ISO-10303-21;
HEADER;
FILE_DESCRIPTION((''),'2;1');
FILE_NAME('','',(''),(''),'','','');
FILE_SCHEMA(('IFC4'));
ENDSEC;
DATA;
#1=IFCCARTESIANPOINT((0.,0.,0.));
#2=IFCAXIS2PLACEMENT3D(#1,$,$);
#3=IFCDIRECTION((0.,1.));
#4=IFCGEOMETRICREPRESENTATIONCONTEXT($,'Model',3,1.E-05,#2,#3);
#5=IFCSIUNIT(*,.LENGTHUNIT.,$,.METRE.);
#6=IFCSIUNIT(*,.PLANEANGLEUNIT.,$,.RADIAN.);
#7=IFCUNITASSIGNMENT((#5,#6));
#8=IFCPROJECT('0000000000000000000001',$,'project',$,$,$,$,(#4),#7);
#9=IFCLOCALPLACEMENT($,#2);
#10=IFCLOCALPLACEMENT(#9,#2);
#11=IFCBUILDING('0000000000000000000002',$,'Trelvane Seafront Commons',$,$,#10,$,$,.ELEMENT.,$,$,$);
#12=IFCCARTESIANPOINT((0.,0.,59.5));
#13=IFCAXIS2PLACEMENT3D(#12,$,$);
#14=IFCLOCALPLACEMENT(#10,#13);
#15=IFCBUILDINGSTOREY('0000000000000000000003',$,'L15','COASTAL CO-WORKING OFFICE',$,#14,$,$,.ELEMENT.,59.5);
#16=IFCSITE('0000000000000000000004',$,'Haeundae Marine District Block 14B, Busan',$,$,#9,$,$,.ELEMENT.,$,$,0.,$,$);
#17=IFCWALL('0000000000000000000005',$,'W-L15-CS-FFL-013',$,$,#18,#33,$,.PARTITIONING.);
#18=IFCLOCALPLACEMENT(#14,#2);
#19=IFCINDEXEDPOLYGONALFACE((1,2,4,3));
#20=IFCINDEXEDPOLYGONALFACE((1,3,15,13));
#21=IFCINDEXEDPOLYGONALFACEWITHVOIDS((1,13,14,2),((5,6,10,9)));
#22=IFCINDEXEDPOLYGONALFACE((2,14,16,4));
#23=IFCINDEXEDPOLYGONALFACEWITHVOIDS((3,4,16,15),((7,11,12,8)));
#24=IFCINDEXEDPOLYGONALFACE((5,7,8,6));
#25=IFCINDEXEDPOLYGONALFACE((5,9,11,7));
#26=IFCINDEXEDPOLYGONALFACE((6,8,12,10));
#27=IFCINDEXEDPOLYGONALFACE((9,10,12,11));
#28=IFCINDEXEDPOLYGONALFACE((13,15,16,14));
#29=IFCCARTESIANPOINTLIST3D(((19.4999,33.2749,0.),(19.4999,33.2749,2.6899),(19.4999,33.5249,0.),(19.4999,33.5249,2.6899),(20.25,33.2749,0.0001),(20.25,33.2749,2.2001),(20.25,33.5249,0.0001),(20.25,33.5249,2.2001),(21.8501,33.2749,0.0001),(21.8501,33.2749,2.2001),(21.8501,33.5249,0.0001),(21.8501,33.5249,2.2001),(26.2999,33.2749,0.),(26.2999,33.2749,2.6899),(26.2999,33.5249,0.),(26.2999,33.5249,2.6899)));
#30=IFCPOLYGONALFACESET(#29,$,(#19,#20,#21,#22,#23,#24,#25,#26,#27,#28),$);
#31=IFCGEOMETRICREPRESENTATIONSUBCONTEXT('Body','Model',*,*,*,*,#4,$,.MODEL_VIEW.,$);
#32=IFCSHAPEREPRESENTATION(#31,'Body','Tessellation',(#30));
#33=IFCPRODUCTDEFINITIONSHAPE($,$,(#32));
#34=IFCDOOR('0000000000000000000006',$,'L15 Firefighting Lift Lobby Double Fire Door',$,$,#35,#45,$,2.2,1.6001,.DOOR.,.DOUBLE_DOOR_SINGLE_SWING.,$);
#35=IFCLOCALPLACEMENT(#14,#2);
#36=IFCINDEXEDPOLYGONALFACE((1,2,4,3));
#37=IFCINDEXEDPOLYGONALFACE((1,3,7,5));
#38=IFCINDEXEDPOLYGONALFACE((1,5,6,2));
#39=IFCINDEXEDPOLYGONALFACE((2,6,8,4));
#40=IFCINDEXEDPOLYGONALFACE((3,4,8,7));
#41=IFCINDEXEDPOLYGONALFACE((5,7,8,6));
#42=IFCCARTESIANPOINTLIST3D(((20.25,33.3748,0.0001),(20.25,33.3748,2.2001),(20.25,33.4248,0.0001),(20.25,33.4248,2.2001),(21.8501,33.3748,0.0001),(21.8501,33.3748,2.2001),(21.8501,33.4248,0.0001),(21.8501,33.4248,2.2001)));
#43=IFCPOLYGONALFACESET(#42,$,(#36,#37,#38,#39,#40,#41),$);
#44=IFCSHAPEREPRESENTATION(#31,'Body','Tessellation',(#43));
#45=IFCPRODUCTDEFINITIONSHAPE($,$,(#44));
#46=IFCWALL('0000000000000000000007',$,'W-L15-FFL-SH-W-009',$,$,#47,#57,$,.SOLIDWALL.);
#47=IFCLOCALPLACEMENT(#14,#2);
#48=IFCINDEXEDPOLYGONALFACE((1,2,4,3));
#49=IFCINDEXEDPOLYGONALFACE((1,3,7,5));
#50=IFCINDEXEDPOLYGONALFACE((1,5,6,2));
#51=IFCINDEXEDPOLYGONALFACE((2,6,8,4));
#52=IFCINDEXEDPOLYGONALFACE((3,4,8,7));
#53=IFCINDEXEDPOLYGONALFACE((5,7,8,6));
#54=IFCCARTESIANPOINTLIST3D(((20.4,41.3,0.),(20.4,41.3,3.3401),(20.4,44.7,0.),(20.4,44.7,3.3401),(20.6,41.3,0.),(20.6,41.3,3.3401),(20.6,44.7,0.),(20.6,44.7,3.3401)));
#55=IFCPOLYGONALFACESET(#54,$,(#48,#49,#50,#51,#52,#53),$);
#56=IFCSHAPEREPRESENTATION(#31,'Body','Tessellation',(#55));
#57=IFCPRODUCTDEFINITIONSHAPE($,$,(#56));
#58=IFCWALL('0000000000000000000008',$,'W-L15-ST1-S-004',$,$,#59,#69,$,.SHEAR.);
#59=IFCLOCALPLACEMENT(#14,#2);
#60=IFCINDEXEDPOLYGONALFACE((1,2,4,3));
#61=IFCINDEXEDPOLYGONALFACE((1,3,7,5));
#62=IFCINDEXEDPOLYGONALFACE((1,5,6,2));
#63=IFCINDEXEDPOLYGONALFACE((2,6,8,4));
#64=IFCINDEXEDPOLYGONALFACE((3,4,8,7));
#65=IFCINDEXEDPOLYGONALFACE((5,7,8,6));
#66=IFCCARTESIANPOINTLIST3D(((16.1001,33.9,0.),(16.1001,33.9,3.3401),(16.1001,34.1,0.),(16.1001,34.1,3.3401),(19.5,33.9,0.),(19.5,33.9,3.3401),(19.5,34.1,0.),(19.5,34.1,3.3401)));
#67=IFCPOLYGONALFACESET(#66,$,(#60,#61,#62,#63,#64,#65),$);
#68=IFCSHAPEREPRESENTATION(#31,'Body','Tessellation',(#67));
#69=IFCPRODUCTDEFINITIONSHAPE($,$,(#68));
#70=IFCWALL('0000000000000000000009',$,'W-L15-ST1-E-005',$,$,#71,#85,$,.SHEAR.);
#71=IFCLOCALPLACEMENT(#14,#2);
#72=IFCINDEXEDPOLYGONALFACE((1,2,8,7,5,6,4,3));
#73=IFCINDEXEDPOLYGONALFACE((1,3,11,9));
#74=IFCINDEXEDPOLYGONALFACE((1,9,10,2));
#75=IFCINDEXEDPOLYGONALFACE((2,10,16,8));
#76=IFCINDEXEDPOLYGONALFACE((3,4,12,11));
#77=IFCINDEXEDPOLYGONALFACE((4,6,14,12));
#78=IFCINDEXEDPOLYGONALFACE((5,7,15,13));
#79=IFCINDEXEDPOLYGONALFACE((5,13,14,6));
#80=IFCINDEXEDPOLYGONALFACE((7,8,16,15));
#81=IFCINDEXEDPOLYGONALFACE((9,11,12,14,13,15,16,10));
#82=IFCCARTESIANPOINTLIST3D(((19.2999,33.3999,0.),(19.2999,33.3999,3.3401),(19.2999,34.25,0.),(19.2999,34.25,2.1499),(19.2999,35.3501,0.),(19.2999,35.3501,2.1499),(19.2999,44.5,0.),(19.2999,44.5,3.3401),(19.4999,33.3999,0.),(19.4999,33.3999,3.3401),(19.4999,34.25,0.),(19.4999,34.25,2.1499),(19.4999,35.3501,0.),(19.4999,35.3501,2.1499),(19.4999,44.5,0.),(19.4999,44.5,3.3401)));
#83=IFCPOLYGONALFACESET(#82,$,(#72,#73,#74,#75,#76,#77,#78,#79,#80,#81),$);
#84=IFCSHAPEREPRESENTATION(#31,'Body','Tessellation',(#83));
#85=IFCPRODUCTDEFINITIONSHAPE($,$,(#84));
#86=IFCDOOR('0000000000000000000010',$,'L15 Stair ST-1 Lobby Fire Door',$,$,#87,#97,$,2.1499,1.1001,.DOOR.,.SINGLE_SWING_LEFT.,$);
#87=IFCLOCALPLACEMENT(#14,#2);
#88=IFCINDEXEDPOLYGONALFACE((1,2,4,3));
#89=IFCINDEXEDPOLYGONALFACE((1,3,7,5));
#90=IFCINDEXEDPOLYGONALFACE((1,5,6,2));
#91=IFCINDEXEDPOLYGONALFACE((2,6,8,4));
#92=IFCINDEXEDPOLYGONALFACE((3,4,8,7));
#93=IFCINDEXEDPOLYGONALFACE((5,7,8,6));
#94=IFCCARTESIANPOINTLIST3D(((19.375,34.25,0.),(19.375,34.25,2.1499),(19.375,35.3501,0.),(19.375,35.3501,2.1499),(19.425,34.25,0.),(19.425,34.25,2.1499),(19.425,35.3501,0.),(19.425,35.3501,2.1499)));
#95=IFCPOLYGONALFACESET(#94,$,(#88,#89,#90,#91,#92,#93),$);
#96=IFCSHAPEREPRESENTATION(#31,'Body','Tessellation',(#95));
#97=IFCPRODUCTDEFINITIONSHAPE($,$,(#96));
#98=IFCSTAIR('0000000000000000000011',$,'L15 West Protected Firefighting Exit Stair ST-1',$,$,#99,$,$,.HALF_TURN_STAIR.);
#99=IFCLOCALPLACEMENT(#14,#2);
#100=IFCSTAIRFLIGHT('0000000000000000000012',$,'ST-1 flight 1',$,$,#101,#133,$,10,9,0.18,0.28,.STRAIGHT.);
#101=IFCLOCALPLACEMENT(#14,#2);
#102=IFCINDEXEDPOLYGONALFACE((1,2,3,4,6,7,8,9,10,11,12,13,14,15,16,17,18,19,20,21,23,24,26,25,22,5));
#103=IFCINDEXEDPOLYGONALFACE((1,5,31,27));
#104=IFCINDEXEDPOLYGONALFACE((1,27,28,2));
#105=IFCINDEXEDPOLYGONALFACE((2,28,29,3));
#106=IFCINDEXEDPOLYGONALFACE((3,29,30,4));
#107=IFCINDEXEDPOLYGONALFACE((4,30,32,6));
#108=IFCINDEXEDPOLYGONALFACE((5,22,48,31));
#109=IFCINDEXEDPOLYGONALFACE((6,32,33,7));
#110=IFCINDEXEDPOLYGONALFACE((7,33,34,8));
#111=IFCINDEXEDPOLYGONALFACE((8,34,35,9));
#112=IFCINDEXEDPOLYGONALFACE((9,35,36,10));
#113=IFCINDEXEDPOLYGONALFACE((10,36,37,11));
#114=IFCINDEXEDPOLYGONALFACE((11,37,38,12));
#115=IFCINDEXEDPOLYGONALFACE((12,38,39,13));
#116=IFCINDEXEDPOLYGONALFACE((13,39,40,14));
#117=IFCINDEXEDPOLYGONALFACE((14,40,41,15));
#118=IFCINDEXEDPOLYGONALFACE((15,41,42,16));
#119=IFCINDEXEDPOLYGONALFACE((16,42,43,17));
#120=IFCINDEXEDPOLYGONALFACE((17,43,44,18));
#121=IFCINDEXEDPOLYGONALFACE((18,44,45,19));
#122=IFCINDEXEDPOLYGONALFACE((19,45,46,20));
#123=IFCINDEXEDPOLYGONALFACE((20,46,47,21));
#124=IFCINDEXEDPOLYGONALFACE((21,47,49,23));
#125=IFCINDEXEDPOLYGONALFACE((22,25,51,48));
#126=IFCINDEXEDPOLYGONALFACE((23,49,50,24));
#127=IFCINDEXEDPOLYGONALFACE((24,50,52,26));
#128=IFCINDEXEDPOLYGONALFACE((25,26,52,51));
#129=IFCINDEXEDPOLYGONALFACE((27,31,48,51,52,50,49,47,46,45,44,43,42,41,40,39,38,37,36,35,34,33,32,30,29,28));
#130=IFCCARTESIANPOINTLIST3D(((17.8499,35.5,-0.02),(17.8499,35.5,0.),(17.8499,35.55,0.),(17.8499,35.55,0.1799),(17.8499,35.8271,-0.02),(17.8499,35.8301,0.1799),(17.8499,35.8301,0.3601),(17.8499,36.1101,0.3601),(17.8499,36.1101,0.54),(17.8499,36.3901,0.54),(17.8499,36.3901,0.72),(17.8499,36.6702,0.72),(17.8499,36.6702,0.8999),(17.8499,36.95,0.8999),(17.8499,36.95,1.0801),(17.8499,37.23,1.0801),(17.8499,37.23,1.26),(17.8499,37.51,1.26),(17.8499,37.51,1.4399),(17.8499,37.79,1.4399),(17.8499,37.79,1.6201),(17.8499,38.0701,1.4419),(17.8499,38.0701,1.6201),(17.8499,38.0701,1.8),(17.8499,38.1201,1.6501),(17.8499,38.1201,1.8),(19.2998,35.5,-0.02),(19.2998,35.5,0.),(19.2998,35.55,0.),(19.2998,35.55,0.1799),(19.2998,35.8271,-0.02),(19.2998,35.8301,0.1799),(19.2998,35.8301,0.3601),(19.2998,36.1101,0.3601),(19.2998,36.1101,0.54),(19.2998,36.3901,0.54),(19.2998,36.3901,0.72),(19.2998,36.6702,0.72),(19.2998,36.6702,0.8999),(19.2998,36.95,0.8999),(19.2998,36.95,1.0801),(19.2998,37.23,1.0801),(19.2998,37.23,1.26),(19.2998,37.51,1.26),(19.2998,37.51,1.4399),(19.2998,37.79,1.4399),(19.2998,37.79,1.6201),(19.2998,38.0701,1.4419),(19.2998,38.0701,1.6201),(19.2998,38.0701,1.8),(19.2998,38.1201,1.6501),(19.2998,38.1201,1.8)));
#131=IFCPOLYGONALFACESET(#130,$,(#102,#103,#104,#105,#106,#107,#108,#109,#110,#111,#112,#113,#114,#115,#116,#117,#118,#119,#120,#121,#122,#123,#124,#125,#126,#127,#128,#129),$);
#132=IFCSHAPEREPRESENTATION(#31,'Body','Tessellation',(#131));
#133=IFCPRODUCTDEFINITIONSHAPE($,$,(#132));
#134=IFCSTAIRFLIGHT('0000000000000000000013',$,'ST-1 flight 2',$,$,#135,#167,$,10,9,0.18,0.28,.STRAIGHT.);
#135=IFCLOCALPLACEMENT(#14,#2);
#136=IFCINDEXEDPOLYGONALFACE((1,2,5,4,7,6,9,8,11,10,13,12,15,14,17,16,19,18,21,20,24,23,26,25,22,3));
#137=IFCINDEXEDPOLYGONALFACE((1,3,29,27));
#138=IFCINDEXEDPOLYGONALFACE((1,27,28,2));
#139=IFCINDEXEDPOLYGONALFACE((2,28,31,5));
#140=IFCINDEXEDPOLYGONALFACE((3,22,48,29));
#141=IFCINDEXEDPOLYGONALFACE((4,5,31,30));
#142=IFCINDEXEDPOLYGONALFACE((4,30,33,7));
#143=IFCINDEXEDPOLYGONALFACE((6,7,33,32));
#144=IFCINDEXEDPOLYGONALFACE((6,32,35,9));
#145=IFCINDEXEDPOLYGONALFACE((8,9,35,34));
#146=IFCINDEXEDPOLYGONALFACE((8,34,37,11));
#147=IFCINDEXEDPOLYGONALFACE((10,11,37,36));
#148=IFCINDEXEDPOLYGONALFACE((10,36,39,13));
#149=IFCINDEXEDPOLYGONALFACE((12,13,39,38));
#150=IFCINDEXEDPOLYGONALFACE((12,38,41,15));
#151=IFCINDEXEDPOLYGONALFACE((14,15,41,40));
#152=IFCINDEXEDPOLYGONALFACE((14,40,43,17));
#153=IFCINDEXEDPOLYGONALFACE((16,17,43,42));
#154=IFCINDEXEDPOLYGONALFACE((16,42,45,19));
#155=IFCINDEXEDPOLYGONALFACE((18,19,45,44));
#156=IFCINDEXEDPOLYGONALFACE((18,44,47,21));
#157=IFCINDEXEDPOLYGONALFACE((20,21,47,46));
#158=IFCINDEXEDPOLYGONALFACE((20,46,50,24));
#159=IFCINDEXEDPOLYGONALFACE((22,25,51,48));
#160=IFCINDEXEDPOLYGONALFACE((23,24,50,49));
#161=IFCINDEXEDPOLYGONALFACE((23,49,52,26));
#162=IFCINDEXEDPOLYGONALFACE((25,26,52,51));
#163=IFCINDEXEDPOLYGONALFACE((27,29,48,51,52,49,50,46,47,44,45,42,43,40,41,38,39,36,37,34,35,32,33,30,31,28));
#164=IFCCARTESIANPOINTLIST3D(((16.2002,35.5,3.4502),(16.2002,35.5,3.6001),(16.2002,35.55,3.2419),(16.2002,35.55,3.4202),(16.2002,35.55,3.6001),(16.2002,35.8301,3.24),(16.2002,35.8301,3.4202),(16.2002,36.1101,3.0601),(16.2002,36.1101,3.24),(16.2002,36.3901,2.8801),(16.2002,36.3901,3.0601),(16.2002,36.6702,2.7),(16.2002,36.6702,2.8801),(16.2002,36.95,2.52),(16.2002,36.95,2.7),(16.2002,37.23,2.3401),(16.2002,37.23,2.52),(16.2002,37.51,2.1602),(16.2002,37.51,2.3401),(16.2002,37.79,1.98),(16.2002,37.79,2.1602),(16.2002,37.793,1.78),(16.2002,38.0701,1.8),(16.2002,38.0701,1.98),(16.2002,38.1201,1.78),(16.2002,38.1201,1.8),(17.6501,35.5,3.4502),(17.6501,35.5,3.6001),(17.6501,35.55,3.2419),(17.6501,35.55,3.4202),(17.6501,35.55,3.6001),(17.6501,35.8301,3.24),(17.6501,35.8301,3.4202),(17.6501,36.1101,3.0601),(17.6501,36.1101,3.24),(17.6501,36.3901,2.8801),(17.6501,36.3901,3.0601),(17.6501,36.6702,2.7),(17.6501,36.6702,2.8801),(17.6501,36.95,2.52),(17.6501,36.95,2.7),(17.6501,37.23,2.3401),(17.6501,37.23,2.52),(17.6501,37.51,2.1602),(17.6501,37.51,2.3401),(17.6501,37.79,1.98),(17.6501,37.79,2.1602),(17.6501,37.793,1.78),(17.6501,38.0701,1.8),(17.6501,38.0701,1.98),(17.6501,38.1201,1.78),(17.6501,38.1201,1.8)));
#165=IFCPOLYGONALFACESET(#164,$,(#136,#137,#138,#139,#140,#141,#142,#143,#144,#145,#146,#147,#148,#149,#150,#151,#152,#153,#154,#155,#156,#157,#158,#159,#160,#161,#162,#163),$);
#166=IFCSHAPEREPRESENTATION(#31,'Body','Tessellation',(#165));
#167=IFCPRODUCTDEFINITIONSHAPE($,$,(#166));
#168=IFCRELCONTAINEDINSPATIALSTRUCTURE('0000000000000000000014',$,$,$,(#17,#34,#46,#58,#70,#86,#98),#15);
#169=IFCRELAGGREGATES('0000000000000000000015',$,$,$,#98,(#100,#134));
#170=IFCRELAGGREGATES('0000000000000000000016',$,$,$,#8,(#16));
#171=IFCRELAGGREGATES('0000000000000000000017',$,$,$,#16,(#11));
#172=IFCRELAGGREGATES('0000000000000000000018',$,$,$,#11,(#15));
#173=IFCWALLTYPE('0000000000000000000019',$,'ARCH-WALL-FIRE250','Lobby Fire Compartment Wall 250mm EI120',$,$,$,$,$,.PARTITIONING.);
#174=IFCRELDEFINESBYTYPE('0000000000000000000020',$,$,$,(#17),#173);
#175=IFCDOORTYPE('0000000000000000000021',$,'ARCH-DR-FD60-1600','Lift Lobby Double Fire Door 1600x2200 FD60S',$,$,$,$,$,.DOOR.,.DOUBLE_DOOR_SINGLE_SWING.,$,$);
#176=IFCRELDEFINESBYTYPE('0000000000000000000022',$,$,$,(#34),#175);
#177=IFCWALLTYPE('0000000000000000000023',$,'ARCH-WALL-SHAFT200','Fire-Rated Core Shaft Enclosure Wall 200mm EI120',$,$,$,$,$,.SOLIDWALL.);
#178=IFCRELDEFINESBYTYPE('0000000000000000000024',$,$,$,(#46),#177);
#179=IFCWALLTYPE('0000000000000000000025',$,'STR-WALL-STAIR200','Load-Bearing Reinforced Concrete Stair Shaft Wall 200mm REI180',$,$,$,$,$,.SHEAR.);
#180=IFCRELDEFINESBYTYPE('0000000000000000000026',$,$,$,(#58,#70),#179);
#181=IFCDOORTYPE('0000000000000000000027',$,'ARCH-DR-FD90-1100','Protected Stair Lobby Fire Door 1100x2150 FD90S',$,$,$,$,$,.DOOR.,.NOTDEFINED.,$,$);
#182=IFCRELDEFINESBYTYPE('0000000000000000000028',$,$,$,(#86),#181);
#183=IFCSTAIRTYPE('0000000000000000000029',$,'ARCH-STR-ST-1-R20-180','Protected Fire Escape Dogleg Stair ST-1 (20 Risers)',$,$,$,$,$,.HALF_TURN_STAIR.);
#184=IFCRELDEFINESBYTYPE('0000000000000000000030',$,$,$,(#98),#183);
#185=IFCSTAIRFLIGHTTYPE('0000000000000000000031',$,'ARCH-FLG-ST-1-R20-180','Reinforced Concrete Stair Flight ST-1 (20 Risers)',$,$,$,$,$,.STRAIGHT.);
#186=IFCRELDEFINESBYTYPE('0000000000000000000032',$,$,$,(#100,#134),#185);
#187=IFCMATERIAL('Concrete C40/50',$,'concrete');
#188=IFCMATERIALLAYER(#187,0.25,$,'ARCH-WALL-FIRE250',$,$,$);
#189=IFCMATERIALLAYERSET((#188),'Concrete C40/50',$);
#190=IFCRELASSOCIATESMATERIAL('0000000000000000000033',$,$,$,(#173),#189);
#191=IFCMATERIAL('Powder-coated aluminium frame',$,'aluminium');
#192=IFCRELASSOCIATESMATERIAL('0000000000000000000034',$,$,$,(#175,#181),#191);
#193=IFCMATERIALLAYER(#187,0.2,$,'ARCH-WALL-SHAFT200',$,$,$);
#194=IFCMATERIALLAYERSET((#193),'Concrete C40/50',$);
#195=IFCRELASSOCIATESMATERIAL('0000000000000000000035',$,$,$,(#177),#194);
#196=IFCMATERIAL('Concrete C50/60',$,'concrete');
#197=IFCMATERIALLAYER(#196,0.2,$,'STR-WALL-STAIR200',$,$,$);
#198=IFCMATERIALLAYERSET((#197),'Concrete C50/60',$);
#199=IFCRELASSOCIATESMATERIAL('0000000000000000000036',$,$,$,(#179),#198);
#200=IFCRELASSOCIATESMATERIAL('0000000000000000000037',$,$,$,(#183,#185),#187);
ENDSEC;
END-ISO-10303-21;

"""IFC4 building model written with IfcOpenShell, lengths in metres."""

from ifc_helpers import new_model, si_unit, direction, frame, frame_2d, origin, place, context, subcontext, project, spatial, polyline, rectangle, outline, extrude, source, transform, mapped, material, layer, layer_set, type_object, element, fill, aggregate, save


model = new_model("IFC4")

# Units and contexts
model_context = context("Model", 3, precision=1e-05, world=origin(), true_north=direction((0.0, 1.0)))
body_context = subcontext(model_context, "Body", "Model", "MODEL_VIEW")
ifc_project = project(units=[si_unit("LENGTHUNIT", "METRE"), si_unit("PLANEANGLEUNIT", "RADIAN")], contexts=[model_context])

# Site, building, storey
site_placement = place(None, origin())
site = spatial("IfcSite", under=ifc_project, at=site_placement, Name="Haeundae Marine District Block 14B, Busan", CompositionType="ELEMENT", RefElevation=0.0)
building_placement = place(site_placement, origin())
building = spatial("IfcBuilding", under=site, at=building_placement, Name="Trelvane Seafront Commons", CompositionType="ELEMENT")
storey_placement = place(building_placement, frame((0.0, 0.0, 59.5)))
storey = spatial("IfcBuildingStorey", under=building, at=storey_placement, Name="L15", Description="COASTAL CO-WORKING OFFICE", CompositionType="ELEMENT", Elevation=59.5)

# Wall, opening, door
ifc_material_1 = material(Name="Concrete C40/50", Category="concrete")
ifc_layer_1 = layer(ifc_material_1, 0.25, Name="ARCH-WALL-FIRE250")
ifc_layer_set_1 = layer_set([ifc_layer_1], Name="Concrete C40/50")
wall_type_1 = type_object("IfcWallType", Name="ARCH-WALL-FIRE250", Description="Lobby Fire Compartment Wall 250mm EI120", PredefinedType="PARTITIONING", material=ifc_layer_set_1)
wall_1_placement = place(storey_placement, frame((19.5, 33.3999, 0.0), z_axis=(0.0, 0.0, 1.0), x_axis=(1.0, 0.0, 0.0)))
wall_1 = element("IfcWall", 1, at=wall_1_placement, inside=storey, type_object=wall_type_1, Name="W-L15-CS-FFL-013", PredefinedType="PARTITIONING", context=body_context, shape_type="SweptSolid", body=[
    extrude(rectangle(XDim=6.8, YDim=0.25, at=frame_2d((3.3999, 0.0))), origin(), (0.0, 0.0, 1.0), 2.6899),
])
opening_1_placement = place(wall_1_placement, frame((0.75, 0.0, 0.0)))
opening_1 = element("IfcOpeningElement", 2, at=opening_1_placement, cuts=wall_1, PredefinedType="OPENING", context=body_context, shape_type="SweptSolid", body=[
    extrude(rectangle(XDim=1.6001, YDim=2.2, at=frame_2d((0.8, 1.1001))), frame((0.0, 0.135, 0.0), z_axis=(0.0, -1.0, 0.0), x_axis=(1.0, 0.0, 0.0)), (0.0, 0.0, 1.0), 0.27),
])
ifc_material_2 = material(Name="Powder-coated aluminium frame", Category="aluminium")
door_type_1 = type_object("IfcDoorType", Name="ARCH-DR-FD60-1600", Description="Lift Lobby Double Fire Door 1600x2200 FD60S", OperationType="DOUBLE_DOOR_SINGLE_SWING", PredefinedType="DOOR", material=ifc_material_2)
shared_shape_1 = source(origin(), body_context, "Body", "SweptSolid", [
    extrude(rectangle(XDim=1.6001, YDim=2.2, at=frame_2d((0.8, 1.1001))), frame((0.0, 0.0249, 0.0), z_axis=(0.0, -1.0, 0.0), x_axis=(1.0, 0.0, 0.0)), (0.0, 0.0, 1.0), 0.05),
])
door_1_placement = place(opening_1_placement, origin())
door_1 = element("IfcDoor", 3, at=door_1_placement, inside=storey, type_object=door_type_1, Name="L15 Firefighting Lift Lobby Double Fire Door", OperationType="DOUBLE_DOOR_SINGLE_SWING", OverallHeight=2.2, OverallWidth=1.6001, PredefinedType="DOOR", context=body_context, shape_type="MappedRepresentation", body=[
    mapped(shared_shape_1, transform((0.0, 0.0, 0.0), x_axis=(1.0, 0.0, 0.0), y_axis=(0.0, 1.0, 0.0), z_axis=(0.0, 0.0, 1.0), scale=1.0)),
])
fill(opening_1, door_1)

# Shared definitions
ifc_layer_2 = layer(ifc_material_1, 0.2, Name="ARCH-WALL-SHAFT200")
ifc_layer_set_2 = layer_set([ifc_layer_2], Name="Concrete C40/50")
wall_type_2 = type_object("IfcWallType", Name="ARCH-WALL-SHAFT200", Description="Fire-Rated Core Shaft Enclosure Wall 200mm EI120", PredefinedType="SOLIDWALL", material=ifc_layer_set_2)
shared_shape_2 = source(origin(), body_context, "Body", "SweptSolid", [
    extrude(rectangle(XDim=1.1001, YDim=2.1499, at=frame_2d((0.55, 1.075))), frame((0.0, 0.0249, 0.0), z_axis=(0.0, -1.0, 0.0), x_axis=(1.0, 0.0, 0.0)), (0.0, 0.0, 1.0), 0.05),
])

# Walls
wall_2_placement = place(storey_placement, frame((20.5, 41.3, 0.0), z_axis=(0.0, 0.0, 1.0), x_axis=(0.0, 1.0, 0.0)))
element("IfcWall", 4, at=wall_2_placement, inside=storey, type_object=wall_type_2, Name="W-L15-FFL-SH-W-009", PredefinedType="SOLIDWALL", context=body_context, shape_type="SweptSolid", body=[
    extrude(rectangle(XDim=3.3999, YDim=0.2, at=frame_2d((1.7, 0.0))), origin(), (0.0, 0.0, 1.0), 3.3401),
])
ifc_material_3 = material(Name="Concrete C50/60", Category="concrete")
ifc_layer_3 = layer(ifc_material_3, 0.2, Name="STR-WALL-STAIR200")
ifc_layer_set_3 = layer_set([ifc_layer_3], Name="Concrete C50/60")
wall_type_3 = type_object("IfcWallType", Name="STR-WALL-STAIR200", Description="Load-Bearing Reinforced Concrete Stair Shaft Wall 200mm REI180", PredefinedType="SHEAR", material=ifc_layer_set_3)
wall_3_placement = place(storey_placement, frame((16.1001, 34.0, 0.0), z_axis=(0.0, 0.0, 1.0), x_axis=(1.0, 0.0, 0.0)))
element("IfcWall", 5, at=wall_3_placement, inside=storey, type_object=wall_type_3, Name="W-L15-ST1-S-004", PredefinedType="SHEAR", context=body_context, shape_type="SweptSolid", body=[
    extrude(rectangle(XDim=3.3999, YDim=0.2, at=frame_2d((1.7, 0.0))), origin(), (0.0, 0.0, 1.0), 3.3401),
])

# Wall, opening, door
wall_4_placement = place(storey_placement, frame((19.3999, 33.3999, 0.0), z_axis=(0.0, 0.0, 1.0), x_axis=(0.0, 1.0, 0.0)))
wall_4 = element("IfcWall", 6, at=wall_4_placement, inside=storey, type_object=wall_type_3, Name="W-L15-ST1-E-005", PredefinedType="SHEAR", context=body_context, shape_type="SweptSolid", body=[
    extrude(rectangle(XDim=11.1001, YDim=0.2, at=frame_2d((5.55, 0.0))), origin(), (0.0, 0.0, 1.0), 3.3401),
])
opening_2_placement = place(wall_4_placement, frame((0.8501, 0.0, 0.0)))
opening_2 = element("IfcOpeningElement", 7, at=opening_2_placement, cuts=wall_4, PredefinedType="OPENING", context=body_context, shape_type="SweptSolid", body=[
    extrude(rectangle(XDim=1.1001, YDim=2.1499, at=frame_2d((0.55, 1.075))), frame((0.0, 0.1099, 0.0), z_axis=(0.0, -1.0, 0.0), x_axis=(1.0, 0.0, 0.0)), (0.0, 0.0, 1.0), 0.22),
])
door_type_2 = type_object("IfcDoorType", Name="ARCH-DR-FD90-1100", Description="Protected Stair Lobby Fire Door 1100x2150 FD90S", OperationType="NOTDEFINED", PredefinedType="DOOR", material=ifc_material_2)
door_2_placement = place(opening_2_placement, origin())
door_2 = element("IfcDoor", 8, at=door_2_placement, inside=storey, type_object=door_type_2, Name="L15 Stair ST-1 Lobby Fire Door", OperationType="SINGLE_SWING_LEFT", OverallHeight=2.1499, OverallWidth=1.1001, PredefinedType="DOOR", context=body_context, shape_type="MappedRepresentation", body=[
    mapped(shared_shape_2, transform((0.0, 0.0, 0.0), x_axis=(1.0, 0.0, 0.0), y_axis=(0.0, 1.0, 0.0), z_axis=(0.0, 0.0, 1.0), scale=1.0)),
])
fill(opening_2, door_2)

# Stair, stair flights
stair_type = type_object("IfcStairType", Name="ARCH-STR-ST-1-R20-180", Description="Protected Fire Escape Dogleg Stair ST-1 (20 Risers)", PredefinedType="HALF_TURN_STAIR", material=ifc_material_1)
stair_placement = place(storey_placement, origin())
stair = element("IfcStair", 9, at=stair_placement, inside=storey, type_object=stair_type, Name="L15 West Protected Firefighting Exit Stair ST-1", PredefinedType="HALF_TURN_STAIR")
stair_flight_type = type_object("IfcStairFlightType", Name="ARCH-FLG-ST-1-R20-180", Description="Reinforced Concrete Stair Flight ST-1 (20 Risers)", PredefinedType="STRAIGHT", material=ifc_material_1)
shared_shape_3 = source(origin(), body_context, "Body", "SweptSolid", [
    extrude(outline(polyline([(-0.05, -0.02), (-0.05, 0.0), (0.0, 0.0), (0.0, 0.1799), (0.28, 0.1799), (0.28, 0.3601), (0.5601, 0.3601), (0.5601, 0.54), (0.8401, 0.54), (0.8401, 0.72), (1.1201, 0.72), (1.1201, 0.8999), (1.3999, 0.8999), (1.3999, 1.0801), (1.6799, 1.0801), (1.6799, 1.26), (1.96, 1.26), (1.96, 1.4399), (2.24, 1.4399), (2.24, 1.6201), (2.52, 1.6201), (2.52, 1.8), (2.5701, 1.8), (2.5701, 1.6501), (2.52, 1.4419), (0.2771, -0.02), (-0.05, -0.02)])), frame((0.0, 0.7251, 0.0), z_axis=(0.0, -1.0, 0.0), x_axis=(1.0, 0.0, 0.0)), (0.0, 0.0, 1.0), 1.45),
])
stair_flight_1_placement = place(storey_placement, frame((18.575, 35.55, 0.0), z_axis=(0.0, 0.0, 1.0), x_axis=(0.0, 1.0, 0.0)))
stair_flight_1 = element("IfcStairFlight", 10, at=stair_flight_1_placement, type_object=stair_flight_type, Name="ST-1 flight 1", NumberOfRisers=10, NumberOfTreads=9, PredefinedType="STRAIGHT", RiserHeight=0.18, TreadLength=0.28, context=body_context, shape_type="MappedRepresentation", body=[
    mapped(shared_shape_3, transform((0.0, 0.0, 0.0), x_axis=(1.0, 0.0, 0.0), y_axis=(0.0, 1.0, 0.0), z_axis=(0.0, 0.0, 1.0), scale=1.0)),
])
stair_flight_2_placement = place(storey_placement, frame((16.925, 38.0701, 1.8), z_axis=(0.0, 0.0, 1.0), x_axis=(0.0, -1.0, 0.0)))
stair_flight_2 = element("IfcStairFlight", 11, at=stair_flight_2_placement, type_object=stair_flight_type, Name="ST-1 flight 2", NumberOfRisers=10, NumberOfTreads=9, PredefinedType="STRAIGHT", RiserHeight=0.18, TreadLength=0.28, context=body_context, shape_type="MappedRepresentation", body=[
    mapped(shared_shape_3, transform((0.0, 0.0, 0.0), x_axis=(1.0, 0.0, 0.0), y_axis=(0.0, 1.0, 0.0), z_axis=(0.0, 0.0, 1.0), scale=1.0)),
])
aggregate(stair, [stair_flight_1, stair_flight_2])

save(model, "model.ifc")
